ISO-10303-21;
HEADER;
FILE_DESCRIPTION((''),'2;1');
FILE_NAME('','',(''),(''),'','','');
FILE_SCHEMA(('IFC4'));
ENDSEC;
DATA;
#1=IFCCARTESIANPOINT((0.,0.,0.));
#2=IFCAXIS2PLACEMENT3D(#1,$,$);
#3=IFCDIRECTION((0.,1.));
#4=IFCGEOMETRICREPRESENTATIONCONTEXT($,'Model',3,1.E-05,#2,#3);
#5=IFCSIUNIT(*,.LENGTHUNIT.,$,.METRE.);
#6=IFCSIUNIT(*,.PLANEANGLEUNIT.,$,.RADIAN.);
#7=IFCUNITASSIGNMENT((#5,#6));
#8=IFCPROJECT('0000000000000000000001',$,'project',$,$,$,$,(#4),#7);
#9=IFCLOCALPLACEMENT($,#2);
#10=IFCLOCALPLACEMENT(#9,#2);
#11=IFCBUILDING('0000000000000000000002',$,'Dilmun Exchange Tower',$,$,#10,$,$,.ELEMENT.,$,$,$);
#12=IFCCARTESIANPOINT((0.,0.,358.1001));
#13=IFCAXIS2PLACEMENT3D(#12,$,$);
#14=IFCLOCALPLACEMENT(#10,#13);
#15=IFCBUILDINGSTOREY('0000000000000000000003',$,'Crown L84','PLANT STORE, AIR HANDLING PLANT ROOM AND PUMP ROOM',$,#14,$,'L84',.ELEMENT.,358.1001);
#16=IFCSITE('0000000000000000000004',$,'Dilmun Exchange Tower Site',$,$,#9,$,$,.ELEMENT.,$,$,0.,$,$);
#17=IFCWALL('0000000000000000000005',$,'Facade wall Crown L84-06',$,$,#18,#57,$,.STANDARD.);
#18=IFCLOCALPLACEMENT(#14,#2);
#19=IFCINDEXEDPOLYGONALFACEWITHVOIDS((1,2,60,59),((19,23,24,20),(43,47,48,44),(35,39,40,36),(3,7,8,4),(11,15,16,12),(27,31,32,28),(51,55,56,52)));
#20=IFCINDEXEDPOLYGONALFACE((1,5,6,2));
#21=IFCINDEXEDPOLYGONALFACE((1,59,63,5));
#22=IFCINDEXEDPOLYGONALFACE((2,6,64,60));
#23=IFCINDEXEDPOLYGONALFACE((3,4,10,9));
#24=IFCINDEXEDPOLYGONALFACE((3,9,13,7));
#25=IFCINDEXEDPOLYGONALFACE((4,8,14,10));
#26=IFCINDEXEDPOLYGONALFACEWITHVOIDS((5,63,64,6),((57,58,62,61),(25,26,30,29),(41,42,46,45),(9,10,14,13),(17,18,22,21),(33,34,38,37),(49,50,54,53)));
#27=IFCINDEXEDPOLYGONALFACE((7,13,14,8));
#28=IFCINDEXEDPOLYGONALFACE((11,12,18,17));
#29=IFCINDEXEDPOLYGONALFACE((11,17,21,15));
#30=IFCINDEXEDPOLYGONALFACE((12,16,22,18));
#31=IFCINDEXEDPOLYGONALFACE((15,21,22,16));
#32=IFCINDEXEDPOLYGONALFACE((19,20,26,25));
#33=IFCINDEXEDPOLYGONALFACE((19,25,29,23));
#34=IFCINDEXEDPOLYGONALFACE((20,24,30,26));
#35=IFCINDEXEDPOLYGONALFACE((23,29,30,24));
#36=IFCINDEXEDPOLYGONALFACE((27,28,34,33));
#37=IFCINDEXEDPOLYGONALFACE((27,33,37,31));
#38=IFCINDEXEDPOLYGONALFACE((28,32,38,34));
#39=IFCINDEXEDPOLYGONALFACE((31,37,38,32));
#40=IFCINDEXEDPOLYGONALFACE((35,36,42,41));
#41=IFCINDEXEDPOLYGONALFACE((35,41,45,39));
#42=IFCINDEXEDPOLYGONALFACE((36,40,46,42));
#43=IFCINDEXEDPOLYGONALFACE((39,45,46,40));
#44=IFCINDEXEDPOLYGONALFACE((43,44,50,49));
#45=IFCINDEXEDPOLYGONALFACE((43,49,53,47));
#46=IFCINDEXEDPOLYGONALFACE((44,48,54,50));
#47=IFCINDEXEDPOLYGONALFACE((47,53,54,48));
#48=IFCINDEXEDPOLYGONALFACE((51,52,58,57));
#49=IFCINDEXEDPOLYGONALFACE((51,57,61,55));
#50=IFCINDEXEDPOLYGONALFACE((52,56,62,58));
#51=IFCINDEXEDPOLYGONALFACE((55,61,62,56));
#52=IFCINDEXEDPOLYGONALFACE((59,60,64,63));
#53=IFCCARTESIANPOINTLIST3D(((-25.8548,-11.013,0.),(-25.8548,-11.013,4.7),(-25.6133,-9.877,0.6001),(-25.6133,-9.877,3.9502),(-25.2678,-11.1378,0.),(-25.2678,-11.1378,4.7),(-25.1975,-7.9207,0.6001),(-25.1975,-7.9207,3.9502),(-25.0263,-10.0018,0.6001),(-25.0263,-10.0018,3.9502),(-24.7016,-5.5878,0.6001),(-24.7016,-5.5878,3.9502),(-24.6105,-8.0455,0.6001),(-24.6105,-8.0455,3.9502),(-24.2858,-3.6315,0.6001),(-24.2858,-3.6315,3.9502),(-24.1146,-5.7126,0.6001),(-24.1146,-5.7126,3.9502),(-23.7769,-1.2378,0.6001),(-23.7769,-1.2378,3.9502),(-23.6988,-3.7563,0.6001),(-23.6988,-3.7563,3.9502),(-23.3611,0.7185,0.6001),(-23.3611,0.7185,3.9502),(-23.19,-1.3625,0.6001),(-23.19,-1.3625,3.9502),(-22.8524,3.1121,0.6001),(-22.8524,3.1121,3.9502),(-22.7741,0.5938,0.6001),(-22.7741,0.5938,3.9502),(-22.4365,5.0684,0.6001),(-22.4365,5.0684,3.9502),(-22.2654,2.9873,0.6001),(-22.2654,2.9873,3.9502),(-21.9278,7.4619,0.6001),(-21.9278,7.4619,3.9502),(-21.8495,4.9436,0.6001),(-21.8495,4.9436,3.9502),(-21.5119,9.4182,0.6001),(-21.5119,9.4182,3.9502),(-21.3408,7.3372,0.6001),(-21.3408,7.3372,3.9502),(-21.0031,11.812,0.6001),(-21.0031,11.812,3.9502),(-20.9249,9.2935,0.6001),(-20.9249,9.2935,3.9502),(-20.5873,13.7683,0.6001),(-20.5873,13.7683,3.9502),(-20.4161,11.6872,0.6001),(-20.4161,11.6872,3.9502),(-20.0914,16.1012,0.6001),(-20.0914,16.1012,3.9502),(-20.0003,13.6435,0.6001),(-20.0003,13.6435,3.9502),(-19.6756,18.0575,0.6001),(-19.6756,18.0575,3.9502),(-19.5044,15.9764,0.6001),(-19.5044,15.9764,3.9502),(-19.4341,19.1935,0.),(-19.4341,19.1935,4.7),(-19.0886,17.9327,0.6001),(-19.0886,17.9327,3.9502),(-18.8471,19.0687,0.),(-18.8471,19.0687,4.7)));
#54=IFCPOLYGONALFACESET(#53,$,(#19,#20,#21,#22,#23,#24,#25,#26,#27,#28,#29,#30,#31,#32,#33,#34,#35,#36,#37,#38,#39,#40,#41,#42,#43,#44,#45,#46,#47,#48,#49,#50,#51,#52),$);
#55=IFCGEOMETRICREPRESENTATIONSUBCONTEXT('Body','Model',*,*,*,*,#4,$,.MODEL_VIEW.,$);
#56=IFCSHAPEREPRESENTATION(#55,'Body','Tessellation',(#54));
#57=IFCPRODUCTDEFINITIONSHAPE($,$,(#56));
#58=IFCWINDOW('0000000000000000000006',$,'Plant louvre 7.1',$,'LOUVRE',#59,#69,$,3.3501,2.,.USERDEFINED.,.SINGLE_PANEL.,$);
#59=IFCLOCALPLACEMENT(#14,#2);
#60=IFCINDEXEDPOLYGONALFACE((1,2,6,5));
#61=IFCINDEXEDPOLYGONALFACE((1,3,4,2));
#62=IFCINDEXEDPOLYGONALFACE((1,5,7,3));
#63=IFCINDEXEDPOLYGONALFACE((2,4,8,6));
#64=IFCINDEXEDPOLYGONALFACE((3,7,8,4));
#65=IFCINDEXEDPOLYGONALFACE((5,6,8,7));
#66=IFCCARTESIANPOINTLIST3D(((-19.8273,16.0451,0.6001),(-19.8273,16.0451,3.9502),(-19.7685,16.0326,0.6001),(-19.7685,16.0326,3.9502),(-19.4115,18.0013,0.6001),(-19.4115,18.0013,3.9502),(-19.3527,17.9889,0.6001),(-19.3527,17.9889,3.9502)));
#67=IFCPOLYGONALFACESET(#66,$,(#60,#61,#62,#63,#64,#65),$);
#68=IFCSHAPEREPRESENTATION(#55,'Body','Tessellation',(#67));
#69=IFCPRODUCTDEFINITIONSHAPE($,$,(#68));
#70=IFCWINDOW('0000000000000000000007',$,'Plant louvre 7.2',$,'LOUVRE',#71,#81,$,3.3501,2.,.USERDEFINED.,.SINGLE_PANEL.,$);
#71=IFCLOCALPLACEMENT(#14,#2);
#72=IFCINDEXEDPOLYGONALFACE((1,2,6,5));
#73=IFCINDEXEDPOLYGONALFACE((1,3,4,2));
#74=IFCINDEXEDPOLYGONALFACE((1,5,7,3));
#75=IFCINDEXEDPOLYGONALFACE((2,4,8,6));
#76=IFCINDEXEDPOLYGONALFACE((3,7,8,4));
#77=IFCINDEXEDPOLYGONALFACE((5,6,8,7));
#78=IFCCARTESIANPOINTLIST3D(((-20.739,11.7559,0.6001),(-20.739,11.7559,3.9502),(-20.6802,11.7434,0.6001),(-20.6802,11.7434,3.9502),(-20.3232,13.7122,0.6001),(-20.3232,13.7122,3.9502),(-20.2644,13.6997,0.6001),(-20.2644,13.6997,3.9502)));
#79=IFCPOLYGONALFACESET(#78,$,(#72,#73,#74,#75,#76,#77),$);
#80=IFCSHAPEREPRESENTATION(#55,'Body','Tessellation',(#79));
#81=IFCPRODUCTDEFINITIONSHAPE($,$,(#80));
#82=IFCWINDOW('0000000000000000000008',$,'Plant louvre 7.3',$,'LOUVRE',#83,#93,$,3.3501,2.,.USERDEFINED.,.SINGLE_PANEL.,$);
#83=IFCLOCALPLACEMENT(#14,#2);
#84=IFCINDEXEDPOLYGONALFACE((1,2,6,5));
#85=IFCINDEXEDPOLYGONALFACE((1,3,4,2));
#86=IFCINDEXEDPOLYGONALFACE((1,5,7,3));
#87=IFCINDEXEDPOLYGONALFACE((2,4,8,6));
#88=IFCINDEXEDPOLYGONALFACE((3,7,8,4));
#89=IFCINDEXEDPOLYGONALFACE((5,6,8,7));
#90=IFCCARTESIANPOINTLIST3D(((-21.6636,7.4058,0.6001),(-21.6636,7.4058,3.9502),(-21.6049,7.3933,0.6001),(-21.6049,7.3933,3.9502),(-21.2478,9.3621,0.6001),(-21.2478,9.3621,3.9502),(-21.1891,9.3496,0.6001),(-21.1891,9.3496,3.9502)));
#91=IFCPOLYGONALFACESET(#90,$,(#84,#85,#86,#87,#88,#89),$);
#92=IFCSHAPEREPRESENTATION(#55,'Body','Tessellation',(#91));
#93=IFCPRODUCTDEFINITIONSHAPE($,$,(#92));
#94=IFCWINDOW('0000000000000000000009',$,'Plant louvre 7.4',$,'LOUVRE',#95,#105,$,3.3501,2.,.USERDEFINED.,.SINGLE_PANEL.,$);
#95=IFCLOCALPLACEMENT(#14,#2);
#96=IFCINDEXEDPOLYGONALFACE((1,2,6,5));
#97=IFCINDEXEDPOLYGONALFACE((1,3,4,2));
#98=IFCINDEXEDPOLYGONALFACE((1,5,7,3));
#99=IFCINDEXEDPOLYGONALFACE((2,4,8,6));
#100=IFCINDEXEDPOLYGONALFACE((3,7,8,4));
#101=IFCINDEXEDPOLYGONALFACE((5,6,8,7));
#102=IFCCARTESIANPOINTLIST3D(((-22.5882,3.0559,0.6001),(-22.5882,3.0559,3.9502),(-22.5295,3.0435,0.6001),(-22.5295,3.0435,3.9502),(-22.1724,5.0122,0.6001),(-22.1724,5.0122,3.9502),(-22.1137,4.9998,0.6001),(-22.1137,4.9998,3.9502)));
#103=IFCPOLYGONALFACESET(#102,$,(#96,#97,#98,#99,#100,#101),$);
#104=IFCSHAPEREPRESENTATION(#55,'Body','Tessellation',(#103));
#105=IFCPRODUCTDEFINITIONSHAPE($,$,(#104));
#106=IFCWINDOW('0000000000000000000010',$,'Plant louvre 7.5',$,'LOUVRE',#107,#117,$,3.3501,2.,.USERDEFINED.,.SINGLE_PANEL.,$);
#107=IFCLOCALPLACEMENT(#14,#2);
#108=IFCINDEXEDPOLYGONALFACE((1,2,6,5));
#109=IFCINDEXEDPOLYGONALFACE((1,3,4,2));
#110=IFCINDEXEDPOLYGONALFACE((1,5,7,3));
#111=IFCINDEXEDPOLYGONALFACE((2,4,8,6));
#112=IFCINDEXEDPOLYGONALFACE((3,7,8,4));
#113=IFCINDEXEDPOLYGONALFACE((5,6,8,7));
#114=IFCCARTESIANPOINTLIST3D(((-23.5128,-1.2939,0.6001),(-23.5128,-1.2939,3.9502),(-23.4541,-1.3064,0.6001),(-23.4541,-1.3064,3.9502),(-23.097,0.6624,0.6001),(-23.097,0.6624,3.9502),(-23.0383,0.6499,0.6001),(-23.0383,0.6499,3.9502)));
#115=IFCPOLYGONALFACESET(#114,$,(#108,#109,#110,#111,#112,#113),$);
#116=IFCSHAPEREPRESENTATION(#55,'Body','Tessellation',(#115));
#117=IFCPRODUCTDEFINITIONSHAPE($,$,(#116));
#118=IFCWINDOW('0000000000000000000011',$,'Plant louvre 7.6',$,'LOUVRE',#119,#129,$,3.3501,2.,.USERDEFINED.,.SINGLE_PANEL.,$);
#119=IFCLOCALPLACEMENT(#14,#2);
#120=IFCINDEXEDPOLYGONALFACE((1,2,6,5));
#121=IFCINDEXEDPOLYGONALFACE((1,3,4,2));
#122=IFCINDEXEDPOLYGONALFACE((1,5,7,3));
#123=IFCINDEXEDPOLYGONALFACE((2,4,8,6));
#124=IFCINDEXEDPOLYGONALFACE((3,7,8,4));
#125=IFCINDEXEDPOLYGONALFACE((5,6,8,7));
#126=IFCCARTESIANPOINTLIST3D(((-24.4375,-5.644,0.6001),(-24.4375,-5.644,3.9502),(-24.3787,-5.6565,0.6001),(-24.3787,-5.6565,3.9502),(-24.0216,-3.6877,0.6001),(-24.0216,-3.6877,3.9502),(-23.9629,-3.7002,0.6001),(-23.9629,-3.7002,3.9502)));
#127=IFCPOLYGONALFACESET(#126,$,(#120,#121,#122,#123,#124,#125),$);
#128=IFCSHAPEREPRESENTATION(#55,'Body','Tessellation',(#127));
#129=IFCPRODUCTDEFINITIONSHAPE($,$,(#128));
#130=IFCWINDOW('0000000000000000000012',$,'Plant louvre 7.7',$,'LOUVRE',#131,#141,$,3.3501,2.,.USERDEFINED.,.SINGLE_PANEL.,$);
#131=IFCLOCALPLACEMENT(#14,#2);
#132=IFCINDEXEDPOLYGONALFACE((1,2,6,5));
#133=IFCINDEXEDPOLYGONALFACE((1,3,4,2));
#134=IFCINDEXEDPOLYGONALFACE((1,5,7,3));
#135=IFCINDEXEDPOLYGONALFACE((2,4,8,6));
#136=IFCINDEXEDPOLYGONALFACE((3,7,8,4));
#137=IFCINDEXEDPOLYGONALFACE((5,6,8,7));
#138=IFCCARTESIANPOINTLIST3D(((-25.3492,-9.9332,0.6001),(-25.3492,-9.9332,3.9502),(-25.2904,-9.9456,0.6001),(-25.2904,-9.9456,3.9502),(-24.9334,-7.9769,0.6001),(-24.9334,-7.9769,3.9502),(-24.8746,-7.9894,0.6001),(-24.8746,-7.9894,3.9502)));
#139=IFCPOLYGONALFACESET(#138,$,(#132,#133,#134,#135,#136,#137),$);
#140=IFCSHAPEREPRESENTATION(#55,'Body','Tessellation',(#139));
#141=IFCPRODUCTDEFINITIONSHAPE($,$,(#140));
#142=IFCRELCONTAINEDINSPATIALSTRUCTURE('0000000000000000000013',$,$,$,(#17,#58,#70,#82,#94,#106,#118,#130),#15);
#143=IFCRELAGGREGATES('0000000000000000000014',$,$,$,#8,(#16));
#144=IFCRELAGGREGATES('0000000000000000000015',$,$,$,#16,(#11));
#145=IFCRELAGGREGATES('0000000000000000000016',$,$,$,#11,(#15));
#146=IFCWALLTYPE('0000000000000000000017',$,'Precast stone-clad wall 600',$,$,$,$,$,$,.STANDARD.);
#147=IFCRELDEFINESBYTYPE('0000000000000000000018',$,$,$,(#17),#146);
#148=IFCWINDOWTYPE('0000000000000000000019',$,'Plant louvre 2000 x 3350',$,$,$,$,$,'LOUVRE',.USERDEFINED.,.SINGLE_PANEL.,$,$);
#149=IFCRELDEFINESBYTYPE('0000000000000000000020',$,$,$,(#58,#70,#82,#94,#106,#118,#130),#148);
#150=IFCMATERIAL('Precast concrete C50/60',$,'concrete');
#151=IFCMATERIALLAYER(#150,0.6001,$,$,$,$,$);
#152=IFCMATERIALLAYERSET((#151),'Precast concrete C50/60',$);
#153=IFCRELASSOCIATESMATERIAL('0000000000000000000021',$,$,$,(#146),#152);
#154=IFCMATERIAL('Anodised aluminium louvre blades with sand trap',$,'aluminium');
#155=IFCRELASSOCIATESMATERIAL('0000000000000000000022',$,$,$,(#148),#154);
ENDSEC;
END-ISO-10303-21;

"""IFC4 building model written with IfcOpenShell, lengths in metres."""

from ifc_helpers import new_model, si_unit, direction, frame, frame_2d, origin, place, context, subcontext, project, spatial, rectangle, extrude, material, layer, layer_set, type_object, element, fill, save


model = new_model("IFC4")

# Units and contexts
model_context = context("Model", 3, precision=1e-05, world=origin(), true_north=direction((0.0, 1.0)))
body_context = subcontext(model_context, "Body", "Model", "MODEL_VIEW")
ifc_project = project(units=[si_unit("LENGTHUNIT", "METRE"), si_unit("PLANEANGLEUNIT", "RADIAN")], contexts=[model_context])

# Site, building, storey
site_placement = place(None, origin())
site = spatial("IfcSite", under=ifc_project, at=site_placement, Name="Dilmun Exchange Tower Site", CompositionType="ELEMENT", RefElevation=0.0)
building_placement = place(site_placement, origin())
building = spatial("IfcBuilding", under=site, at=building_placement, Name="Dilmun Exchange Tower", CompositionType="ELEMENT")
storey_placement = place(building_placement, frame((0.0, 0.0, 358.1001)))
storey = spatial("IfcBuildingStorey", under=building, at=storey_placement, Name="Crown L84", Description="PLANT STORE, AIR HANDLING PLANT ROOM AND PUMP ROOM", LongName="L84", CompositionType="ELEMENT", Elevation=358.1001)

# Wall, openings, windows
ifc_material_1 = material(Name="Precast concrete C50/60", Category="concrete")
ifc_layer = layer(ifc_material_1, 0.6001)
ifc_layer_set = layer_set([ifc_layer], Name="Precast concrete C50/60")
wall_type = type_object("IfcWallType", Name="Precast stone-clad wall 600", PredefinedType="STANDARD", material=ifc_layer_set)
ifc_material_2 = material(Name="Anodised aluminium louvre blades with sand trap", Category="aluminium")
wall_1_placement = place(storey_placement, frame((-19.1406, 19.1311, 0.0), z_axis=(0.0, 0.0, 1.0), x_axis=(-0.207913, -0.978147, 0.0)))
wall_1 = element("IfcWall", 1, at=wall_1_placement, inside=storey, type_object=wall_type, Name="Facade wall Crown L84-06", PredefinedType="STANDARD", context=body_context, shape_type="SweptSolid", body=[
    extrude(rectangle(XDim=30.8813, YDim=0.6001, at=frame_2d((15.4407, 0.0))), origin(), (0.0, 0.0, 1.0), 4.7),
])
opening_1_placement = place(wall_1_placement, frame((1.1614, 0.0, 0.6001)))
opening_1 = element("IfcOpeningElement", 2, at=opening_1_placement, cuts=wall_1, PredefinedType="OPENING", context=body_context, shape_type="SweptSolid", body=[
    extrude(rectangle(XDim=2.0, YDim=3.3501, at=frame_2d((1.0, 1.675))), frame((0.0, 0.3101, 0.0), z_axis=(0.0, -1.0, 0.0), x_axis=(1.0, 0.0, 0.0)), (0.0, 0.0, 1.0), 0.6201),
])
opening_2_placement = place(wall_1_placement, frame((5.5464, 0.0, 0.6001)))
opening_2 = element("IfcOpeningElement", 3, at=opening_2_placement, cuts=wall_1, PredefinedType="OPENING", context=body_context, shape_type="SweptSolid", body=[
    extrude(rectangle(XDim=2.0, YDim=3.3501, at=frame_2d((1.0, 1.675))), frame((0.0, 0.3101, 0.0), z_axis=(0.0, -1.0, 0.0), x_axis=(1.0, 0.0, 0.0)), (0.0, 0.0, 1.0), 0.6201),
])
opening_3_placement = place(wall_1_placement, frame((9.9937, 0.0, 0.6001)))
opening_3 = element("IfcOpeningElement", 4, at=opening_3_placement, cuts=wall_1, PredefinedType="OPENING", context=body_context, shape_type="SweptSolid", body=[
    extrude(rectangle(XDim=2.0, YDim=3.3501, at=frame_2d((1.0, 1.675))), frame((0.0, 0.3101, 0.0), z_axis=(0.0, -1.0, 0.0), x_axis=(1.0, 0.0, 0.0)), (0.0, 0.0, 1.0), 0.6201),
])
opening_4_placement = place(wall_1_placement, frame((14.4407, 0.0, 0.6001)))
opening_4 = element("IfcOpeningElement", 5, at=opening_4_placement, cuts=wall_1, PredefinedType="OPENING", context=body_context, shape_type="SweptSolid", body=[
    extrude(rectangle(XDim=2.0, YDim=3.3501, at=frame_2d((1.0, 1.675))), frame((0.0, 0.3101, 0.0), z_axis=(0.0, -1.0, 0.0), x_axis=(1.0, 0.0, 0.0)), (0.0, 0.0, 1.0), 0.6201),
])
opening_5_placement = place(wall_1_placement, frame((18.8877, 0.0, 0.6001)))
opening_5 = element("IfcOpeningElement", 6, at=opening_5_placement, cuts=wall_1, PredefinedType="OPENING", context=body_context, shape_type="SweptSolid", body=[
    extrude(rectangle(XDim=2.0, YDim=3.3501, at=frame_2d((1.0, 1.675))), frame((0.0, 0.3101, 0.0), z_axis=(0.0, -1.0, 0.0), x_axis=(1.0, 0.0, 0.0)), (0.0, 0.0, 1.0), 0.6201),
])
opening_6_placement = place(wall_1_placement, frame((23.335, 0.0, 0.6001)))
opening_6 = element("IfcOpeningElement", 7, at=opening_6_placement, cuts=wall_1, PredefinedType="OPENING", context=body_context, shape_type="SweptSolid", body=[
    extrude(rectangle(XDim=2.0, YDim=3.3501, at=frame_2d((1.0, 1.675))), frame((0.0, 0.3101, 0.0), z_axis=(0.0, -1.0, 0.0), x_axis=(1.0, 0.0, 0.0)), (0.0, 0.0, 1.0), 0.6201),
])
opening_7_placement = place(wall_1_placement, frame((27.72, 0.0, 0.6001)))
opening_7 = element("IfcOpeningElement", 8, at=opening_7_placement, cuts=wall_1, PredefinedType="OPENING", context=body_context, shape_type="SweptSolid", body=[
    extrude(rectangle(XDim=2.0, YDim=3.3501, at=frame_2d((1.0, 1.675))), frame((0.0, 0.3101, 0.0), z_axis=(0.0, -1.0, 0.0), x_axis=(1.0, 0.0, 0.0)), (0.0, 0.0, 1.0), 0.6201),
])
window_type_1 = type_object("IfcWindowType", Name="Plant louvre 2000 x 3350", ElementType="LOUVRE", PartitioningType="SINGLE_PANEL", PredefinedType="USERDEFINED", material=ifc_material_2)
window_1_placement = place(opening_1_placement, origin())
window_1 = element("IfcWindow", 9, at=window_1_placement, inside=storey, type_object=window_type_1, Name="Plant louvre 7.1", ObjectType="LOUVRE", OverallHeight=3.3501, OverallWidth=2.0, PartitioningType="SINGLE_PANEL", PredefinedType="USERDEFINED", context=body_context, shape_type="SweptSolid", body=[
    extrude(rectangle(XDim=2.0, YDim=3.3501, at=frame_2d((1.0, 1.675))), frame((0.0, 0.03, 0.0), z_axis=(0.0, -1.0, 0.0), x_axis=(1.0, 0.0, 0.0)), (0.0, 0.0, 1.0), 0.0601),
])
fill(opening_1, window_1)
window_2_placement = place(opening_2_placement, origin())
window_2 = element("IfcWindow", 10, at=window_2_placement, inside=storey, type_object=window_type_1, Name="Plant louvre 7.2", ObjectType="LOUVRE", OverallHeight=3.3501, OverallWidth=2.0, PartitioningType="SINGLE_PANEL", PredefinedType="USERDEFINED", context=body_context, shape_type="SweptSolid", body=[
    extrude(rectangle(XDim=2.0, YDim=3.3501, at=frame_2d((1.0, 1.675))), frame((0.0, 0.03, 0.0), z_axis=(0.0, -1.0, 0.0), x_axis=(1.0, 0.0, 0.0)), (0.0, 0.0, 1.0), 0.0601),
])
fill(opening_2, window_2)
window_3_placement = place(opening_3_placement, origin())
window_3 = element("IfcWindow", 11, at=window_3_placement, inside=storey, type_object=window_type_1, Name="Plant louvre 7.3", ObjectType="LOUVRE", OverallHeight=3.3501, OverallWidth=2.0, PartitioningType="SINGLE_PANEL", PredefinedType="USERDEFINED", context=body_context, shape_type="SweptSolid", body=[
    extrude(rectangle(XDim=2.0, YDim=3.3501, at=frame_2d((1.0, 1.675))), frame((0.0, 0.03, 0.0), z_axis=(0.0, -1.0, 0.0), x_axis=(1.0, 0.0, 0.0)), (0.0, 0.0, 1.0), 0.0601),
])
fill(opening_3, window_3)
window_4_placement = place(opening_4_placement, origin())
window_4 = element("IfcWindow", 12, at=window_4_placement, inside=storey, type_object=window_type_1, Name="Plant louvre 7.4", ObjectType="LOUVRE", OverallHeight=3.3501, OverallWidth=2.0, PartitioningType="SINGLE_PANEL", PredefinedType="USERDEFINED", context=body_context, shape_type="SweptSolid", body=[
    extrude(rectangle(XDim=2.0, YDim=3.3501, at=frame_2d((1.0, 1.675))), frame((0.0, 0.03, 0.0), z_axis=(0.0, -1.0, 0.0), x_axis=(1.0, 0.0, 0.0)), (0.0, 0.0, 1.0), 0.0601),
])
fill(opening_4, window_4)
window_5_placement = place(opening_5_placement, origin())
window_5 = element("IfcWindow", 13, at=window_5_placement, inside=storey, type_object=window_type_1, Name="Plant louvre 7.5", ObjectType="LOUVRE", OverallHeight=3.3501, OverallWidth=2.0, PartitioningType="SINGLE_PANEL", PredefinedType="USERDEFINED", context=body_context, shape_type="SweptSolid", body=[
    extrude(rectangle(XDim=2.0, YDim=3.3501, at=frame_2d((1.0, 1.675))), frame((0.0, 0.03, 0.0), z_axis=(0.0, -1.0, 0.0), x_axis=(1.0, 0.0, 0.0)), (0.0, 0.0, 1.0), 0.0601),
])
fill(opening_5, window_5)
window_6_placement = place(opening_6_placement, origin())
window_6 = element("IfcWindow", 14, at=window_6_placement, inside=storey, type_object=window_type_1, Name="Plant louvre 7.6", ObjectType="LOUVRE", OverallHeight=3.3501, OverallWidth=2.0, PartitioningType="SINGLE_PANEL", PredefinedType="USERDEFINED", context=body_context, shape_type="SweptSolid", body=[
    extrude(rectangle(XDim=2.0, YDim=3.3501, at=frame_2d((1.0, 1.675))), frame((0.0, 0.03, 0.0), z_axis=(0.0, -1.0, 0.0), x_axis=(1.0, 0.0, 0.0)), (0.0, 0.0, 1.0), 0.0601),
])
fill(opening_6, window_6)
window_7_placement = place(opening_7_placement, origin())
window_7 = element("IfcWindow", 15, at=window_7_placement, inside=storey, type_object=window_type_1, Name="Plant louvre 7.7", ObjectType="LOUVRE", OverallHeight=3.3501, OverallWidth=2.0, PartitioningType="SINGLE_PANEL", PredefinedType="USERDEFINED", context=body_context, shape_type="SweptSolid", body=[
    extrude(rectangle(XDim=2.0, YDim=3.3501, at=frame_2d((1.0, 1.675))), frame((0.0, 0.03, 0.0), z_axis=(0.0, -1.0, 0.0), x_axis=(1.0, 0.0, 0.0)), (0.0, 0.0, 1.0), 0.0601),
])
fill(opening_7, window_7)

save(model, "model.ifc")
